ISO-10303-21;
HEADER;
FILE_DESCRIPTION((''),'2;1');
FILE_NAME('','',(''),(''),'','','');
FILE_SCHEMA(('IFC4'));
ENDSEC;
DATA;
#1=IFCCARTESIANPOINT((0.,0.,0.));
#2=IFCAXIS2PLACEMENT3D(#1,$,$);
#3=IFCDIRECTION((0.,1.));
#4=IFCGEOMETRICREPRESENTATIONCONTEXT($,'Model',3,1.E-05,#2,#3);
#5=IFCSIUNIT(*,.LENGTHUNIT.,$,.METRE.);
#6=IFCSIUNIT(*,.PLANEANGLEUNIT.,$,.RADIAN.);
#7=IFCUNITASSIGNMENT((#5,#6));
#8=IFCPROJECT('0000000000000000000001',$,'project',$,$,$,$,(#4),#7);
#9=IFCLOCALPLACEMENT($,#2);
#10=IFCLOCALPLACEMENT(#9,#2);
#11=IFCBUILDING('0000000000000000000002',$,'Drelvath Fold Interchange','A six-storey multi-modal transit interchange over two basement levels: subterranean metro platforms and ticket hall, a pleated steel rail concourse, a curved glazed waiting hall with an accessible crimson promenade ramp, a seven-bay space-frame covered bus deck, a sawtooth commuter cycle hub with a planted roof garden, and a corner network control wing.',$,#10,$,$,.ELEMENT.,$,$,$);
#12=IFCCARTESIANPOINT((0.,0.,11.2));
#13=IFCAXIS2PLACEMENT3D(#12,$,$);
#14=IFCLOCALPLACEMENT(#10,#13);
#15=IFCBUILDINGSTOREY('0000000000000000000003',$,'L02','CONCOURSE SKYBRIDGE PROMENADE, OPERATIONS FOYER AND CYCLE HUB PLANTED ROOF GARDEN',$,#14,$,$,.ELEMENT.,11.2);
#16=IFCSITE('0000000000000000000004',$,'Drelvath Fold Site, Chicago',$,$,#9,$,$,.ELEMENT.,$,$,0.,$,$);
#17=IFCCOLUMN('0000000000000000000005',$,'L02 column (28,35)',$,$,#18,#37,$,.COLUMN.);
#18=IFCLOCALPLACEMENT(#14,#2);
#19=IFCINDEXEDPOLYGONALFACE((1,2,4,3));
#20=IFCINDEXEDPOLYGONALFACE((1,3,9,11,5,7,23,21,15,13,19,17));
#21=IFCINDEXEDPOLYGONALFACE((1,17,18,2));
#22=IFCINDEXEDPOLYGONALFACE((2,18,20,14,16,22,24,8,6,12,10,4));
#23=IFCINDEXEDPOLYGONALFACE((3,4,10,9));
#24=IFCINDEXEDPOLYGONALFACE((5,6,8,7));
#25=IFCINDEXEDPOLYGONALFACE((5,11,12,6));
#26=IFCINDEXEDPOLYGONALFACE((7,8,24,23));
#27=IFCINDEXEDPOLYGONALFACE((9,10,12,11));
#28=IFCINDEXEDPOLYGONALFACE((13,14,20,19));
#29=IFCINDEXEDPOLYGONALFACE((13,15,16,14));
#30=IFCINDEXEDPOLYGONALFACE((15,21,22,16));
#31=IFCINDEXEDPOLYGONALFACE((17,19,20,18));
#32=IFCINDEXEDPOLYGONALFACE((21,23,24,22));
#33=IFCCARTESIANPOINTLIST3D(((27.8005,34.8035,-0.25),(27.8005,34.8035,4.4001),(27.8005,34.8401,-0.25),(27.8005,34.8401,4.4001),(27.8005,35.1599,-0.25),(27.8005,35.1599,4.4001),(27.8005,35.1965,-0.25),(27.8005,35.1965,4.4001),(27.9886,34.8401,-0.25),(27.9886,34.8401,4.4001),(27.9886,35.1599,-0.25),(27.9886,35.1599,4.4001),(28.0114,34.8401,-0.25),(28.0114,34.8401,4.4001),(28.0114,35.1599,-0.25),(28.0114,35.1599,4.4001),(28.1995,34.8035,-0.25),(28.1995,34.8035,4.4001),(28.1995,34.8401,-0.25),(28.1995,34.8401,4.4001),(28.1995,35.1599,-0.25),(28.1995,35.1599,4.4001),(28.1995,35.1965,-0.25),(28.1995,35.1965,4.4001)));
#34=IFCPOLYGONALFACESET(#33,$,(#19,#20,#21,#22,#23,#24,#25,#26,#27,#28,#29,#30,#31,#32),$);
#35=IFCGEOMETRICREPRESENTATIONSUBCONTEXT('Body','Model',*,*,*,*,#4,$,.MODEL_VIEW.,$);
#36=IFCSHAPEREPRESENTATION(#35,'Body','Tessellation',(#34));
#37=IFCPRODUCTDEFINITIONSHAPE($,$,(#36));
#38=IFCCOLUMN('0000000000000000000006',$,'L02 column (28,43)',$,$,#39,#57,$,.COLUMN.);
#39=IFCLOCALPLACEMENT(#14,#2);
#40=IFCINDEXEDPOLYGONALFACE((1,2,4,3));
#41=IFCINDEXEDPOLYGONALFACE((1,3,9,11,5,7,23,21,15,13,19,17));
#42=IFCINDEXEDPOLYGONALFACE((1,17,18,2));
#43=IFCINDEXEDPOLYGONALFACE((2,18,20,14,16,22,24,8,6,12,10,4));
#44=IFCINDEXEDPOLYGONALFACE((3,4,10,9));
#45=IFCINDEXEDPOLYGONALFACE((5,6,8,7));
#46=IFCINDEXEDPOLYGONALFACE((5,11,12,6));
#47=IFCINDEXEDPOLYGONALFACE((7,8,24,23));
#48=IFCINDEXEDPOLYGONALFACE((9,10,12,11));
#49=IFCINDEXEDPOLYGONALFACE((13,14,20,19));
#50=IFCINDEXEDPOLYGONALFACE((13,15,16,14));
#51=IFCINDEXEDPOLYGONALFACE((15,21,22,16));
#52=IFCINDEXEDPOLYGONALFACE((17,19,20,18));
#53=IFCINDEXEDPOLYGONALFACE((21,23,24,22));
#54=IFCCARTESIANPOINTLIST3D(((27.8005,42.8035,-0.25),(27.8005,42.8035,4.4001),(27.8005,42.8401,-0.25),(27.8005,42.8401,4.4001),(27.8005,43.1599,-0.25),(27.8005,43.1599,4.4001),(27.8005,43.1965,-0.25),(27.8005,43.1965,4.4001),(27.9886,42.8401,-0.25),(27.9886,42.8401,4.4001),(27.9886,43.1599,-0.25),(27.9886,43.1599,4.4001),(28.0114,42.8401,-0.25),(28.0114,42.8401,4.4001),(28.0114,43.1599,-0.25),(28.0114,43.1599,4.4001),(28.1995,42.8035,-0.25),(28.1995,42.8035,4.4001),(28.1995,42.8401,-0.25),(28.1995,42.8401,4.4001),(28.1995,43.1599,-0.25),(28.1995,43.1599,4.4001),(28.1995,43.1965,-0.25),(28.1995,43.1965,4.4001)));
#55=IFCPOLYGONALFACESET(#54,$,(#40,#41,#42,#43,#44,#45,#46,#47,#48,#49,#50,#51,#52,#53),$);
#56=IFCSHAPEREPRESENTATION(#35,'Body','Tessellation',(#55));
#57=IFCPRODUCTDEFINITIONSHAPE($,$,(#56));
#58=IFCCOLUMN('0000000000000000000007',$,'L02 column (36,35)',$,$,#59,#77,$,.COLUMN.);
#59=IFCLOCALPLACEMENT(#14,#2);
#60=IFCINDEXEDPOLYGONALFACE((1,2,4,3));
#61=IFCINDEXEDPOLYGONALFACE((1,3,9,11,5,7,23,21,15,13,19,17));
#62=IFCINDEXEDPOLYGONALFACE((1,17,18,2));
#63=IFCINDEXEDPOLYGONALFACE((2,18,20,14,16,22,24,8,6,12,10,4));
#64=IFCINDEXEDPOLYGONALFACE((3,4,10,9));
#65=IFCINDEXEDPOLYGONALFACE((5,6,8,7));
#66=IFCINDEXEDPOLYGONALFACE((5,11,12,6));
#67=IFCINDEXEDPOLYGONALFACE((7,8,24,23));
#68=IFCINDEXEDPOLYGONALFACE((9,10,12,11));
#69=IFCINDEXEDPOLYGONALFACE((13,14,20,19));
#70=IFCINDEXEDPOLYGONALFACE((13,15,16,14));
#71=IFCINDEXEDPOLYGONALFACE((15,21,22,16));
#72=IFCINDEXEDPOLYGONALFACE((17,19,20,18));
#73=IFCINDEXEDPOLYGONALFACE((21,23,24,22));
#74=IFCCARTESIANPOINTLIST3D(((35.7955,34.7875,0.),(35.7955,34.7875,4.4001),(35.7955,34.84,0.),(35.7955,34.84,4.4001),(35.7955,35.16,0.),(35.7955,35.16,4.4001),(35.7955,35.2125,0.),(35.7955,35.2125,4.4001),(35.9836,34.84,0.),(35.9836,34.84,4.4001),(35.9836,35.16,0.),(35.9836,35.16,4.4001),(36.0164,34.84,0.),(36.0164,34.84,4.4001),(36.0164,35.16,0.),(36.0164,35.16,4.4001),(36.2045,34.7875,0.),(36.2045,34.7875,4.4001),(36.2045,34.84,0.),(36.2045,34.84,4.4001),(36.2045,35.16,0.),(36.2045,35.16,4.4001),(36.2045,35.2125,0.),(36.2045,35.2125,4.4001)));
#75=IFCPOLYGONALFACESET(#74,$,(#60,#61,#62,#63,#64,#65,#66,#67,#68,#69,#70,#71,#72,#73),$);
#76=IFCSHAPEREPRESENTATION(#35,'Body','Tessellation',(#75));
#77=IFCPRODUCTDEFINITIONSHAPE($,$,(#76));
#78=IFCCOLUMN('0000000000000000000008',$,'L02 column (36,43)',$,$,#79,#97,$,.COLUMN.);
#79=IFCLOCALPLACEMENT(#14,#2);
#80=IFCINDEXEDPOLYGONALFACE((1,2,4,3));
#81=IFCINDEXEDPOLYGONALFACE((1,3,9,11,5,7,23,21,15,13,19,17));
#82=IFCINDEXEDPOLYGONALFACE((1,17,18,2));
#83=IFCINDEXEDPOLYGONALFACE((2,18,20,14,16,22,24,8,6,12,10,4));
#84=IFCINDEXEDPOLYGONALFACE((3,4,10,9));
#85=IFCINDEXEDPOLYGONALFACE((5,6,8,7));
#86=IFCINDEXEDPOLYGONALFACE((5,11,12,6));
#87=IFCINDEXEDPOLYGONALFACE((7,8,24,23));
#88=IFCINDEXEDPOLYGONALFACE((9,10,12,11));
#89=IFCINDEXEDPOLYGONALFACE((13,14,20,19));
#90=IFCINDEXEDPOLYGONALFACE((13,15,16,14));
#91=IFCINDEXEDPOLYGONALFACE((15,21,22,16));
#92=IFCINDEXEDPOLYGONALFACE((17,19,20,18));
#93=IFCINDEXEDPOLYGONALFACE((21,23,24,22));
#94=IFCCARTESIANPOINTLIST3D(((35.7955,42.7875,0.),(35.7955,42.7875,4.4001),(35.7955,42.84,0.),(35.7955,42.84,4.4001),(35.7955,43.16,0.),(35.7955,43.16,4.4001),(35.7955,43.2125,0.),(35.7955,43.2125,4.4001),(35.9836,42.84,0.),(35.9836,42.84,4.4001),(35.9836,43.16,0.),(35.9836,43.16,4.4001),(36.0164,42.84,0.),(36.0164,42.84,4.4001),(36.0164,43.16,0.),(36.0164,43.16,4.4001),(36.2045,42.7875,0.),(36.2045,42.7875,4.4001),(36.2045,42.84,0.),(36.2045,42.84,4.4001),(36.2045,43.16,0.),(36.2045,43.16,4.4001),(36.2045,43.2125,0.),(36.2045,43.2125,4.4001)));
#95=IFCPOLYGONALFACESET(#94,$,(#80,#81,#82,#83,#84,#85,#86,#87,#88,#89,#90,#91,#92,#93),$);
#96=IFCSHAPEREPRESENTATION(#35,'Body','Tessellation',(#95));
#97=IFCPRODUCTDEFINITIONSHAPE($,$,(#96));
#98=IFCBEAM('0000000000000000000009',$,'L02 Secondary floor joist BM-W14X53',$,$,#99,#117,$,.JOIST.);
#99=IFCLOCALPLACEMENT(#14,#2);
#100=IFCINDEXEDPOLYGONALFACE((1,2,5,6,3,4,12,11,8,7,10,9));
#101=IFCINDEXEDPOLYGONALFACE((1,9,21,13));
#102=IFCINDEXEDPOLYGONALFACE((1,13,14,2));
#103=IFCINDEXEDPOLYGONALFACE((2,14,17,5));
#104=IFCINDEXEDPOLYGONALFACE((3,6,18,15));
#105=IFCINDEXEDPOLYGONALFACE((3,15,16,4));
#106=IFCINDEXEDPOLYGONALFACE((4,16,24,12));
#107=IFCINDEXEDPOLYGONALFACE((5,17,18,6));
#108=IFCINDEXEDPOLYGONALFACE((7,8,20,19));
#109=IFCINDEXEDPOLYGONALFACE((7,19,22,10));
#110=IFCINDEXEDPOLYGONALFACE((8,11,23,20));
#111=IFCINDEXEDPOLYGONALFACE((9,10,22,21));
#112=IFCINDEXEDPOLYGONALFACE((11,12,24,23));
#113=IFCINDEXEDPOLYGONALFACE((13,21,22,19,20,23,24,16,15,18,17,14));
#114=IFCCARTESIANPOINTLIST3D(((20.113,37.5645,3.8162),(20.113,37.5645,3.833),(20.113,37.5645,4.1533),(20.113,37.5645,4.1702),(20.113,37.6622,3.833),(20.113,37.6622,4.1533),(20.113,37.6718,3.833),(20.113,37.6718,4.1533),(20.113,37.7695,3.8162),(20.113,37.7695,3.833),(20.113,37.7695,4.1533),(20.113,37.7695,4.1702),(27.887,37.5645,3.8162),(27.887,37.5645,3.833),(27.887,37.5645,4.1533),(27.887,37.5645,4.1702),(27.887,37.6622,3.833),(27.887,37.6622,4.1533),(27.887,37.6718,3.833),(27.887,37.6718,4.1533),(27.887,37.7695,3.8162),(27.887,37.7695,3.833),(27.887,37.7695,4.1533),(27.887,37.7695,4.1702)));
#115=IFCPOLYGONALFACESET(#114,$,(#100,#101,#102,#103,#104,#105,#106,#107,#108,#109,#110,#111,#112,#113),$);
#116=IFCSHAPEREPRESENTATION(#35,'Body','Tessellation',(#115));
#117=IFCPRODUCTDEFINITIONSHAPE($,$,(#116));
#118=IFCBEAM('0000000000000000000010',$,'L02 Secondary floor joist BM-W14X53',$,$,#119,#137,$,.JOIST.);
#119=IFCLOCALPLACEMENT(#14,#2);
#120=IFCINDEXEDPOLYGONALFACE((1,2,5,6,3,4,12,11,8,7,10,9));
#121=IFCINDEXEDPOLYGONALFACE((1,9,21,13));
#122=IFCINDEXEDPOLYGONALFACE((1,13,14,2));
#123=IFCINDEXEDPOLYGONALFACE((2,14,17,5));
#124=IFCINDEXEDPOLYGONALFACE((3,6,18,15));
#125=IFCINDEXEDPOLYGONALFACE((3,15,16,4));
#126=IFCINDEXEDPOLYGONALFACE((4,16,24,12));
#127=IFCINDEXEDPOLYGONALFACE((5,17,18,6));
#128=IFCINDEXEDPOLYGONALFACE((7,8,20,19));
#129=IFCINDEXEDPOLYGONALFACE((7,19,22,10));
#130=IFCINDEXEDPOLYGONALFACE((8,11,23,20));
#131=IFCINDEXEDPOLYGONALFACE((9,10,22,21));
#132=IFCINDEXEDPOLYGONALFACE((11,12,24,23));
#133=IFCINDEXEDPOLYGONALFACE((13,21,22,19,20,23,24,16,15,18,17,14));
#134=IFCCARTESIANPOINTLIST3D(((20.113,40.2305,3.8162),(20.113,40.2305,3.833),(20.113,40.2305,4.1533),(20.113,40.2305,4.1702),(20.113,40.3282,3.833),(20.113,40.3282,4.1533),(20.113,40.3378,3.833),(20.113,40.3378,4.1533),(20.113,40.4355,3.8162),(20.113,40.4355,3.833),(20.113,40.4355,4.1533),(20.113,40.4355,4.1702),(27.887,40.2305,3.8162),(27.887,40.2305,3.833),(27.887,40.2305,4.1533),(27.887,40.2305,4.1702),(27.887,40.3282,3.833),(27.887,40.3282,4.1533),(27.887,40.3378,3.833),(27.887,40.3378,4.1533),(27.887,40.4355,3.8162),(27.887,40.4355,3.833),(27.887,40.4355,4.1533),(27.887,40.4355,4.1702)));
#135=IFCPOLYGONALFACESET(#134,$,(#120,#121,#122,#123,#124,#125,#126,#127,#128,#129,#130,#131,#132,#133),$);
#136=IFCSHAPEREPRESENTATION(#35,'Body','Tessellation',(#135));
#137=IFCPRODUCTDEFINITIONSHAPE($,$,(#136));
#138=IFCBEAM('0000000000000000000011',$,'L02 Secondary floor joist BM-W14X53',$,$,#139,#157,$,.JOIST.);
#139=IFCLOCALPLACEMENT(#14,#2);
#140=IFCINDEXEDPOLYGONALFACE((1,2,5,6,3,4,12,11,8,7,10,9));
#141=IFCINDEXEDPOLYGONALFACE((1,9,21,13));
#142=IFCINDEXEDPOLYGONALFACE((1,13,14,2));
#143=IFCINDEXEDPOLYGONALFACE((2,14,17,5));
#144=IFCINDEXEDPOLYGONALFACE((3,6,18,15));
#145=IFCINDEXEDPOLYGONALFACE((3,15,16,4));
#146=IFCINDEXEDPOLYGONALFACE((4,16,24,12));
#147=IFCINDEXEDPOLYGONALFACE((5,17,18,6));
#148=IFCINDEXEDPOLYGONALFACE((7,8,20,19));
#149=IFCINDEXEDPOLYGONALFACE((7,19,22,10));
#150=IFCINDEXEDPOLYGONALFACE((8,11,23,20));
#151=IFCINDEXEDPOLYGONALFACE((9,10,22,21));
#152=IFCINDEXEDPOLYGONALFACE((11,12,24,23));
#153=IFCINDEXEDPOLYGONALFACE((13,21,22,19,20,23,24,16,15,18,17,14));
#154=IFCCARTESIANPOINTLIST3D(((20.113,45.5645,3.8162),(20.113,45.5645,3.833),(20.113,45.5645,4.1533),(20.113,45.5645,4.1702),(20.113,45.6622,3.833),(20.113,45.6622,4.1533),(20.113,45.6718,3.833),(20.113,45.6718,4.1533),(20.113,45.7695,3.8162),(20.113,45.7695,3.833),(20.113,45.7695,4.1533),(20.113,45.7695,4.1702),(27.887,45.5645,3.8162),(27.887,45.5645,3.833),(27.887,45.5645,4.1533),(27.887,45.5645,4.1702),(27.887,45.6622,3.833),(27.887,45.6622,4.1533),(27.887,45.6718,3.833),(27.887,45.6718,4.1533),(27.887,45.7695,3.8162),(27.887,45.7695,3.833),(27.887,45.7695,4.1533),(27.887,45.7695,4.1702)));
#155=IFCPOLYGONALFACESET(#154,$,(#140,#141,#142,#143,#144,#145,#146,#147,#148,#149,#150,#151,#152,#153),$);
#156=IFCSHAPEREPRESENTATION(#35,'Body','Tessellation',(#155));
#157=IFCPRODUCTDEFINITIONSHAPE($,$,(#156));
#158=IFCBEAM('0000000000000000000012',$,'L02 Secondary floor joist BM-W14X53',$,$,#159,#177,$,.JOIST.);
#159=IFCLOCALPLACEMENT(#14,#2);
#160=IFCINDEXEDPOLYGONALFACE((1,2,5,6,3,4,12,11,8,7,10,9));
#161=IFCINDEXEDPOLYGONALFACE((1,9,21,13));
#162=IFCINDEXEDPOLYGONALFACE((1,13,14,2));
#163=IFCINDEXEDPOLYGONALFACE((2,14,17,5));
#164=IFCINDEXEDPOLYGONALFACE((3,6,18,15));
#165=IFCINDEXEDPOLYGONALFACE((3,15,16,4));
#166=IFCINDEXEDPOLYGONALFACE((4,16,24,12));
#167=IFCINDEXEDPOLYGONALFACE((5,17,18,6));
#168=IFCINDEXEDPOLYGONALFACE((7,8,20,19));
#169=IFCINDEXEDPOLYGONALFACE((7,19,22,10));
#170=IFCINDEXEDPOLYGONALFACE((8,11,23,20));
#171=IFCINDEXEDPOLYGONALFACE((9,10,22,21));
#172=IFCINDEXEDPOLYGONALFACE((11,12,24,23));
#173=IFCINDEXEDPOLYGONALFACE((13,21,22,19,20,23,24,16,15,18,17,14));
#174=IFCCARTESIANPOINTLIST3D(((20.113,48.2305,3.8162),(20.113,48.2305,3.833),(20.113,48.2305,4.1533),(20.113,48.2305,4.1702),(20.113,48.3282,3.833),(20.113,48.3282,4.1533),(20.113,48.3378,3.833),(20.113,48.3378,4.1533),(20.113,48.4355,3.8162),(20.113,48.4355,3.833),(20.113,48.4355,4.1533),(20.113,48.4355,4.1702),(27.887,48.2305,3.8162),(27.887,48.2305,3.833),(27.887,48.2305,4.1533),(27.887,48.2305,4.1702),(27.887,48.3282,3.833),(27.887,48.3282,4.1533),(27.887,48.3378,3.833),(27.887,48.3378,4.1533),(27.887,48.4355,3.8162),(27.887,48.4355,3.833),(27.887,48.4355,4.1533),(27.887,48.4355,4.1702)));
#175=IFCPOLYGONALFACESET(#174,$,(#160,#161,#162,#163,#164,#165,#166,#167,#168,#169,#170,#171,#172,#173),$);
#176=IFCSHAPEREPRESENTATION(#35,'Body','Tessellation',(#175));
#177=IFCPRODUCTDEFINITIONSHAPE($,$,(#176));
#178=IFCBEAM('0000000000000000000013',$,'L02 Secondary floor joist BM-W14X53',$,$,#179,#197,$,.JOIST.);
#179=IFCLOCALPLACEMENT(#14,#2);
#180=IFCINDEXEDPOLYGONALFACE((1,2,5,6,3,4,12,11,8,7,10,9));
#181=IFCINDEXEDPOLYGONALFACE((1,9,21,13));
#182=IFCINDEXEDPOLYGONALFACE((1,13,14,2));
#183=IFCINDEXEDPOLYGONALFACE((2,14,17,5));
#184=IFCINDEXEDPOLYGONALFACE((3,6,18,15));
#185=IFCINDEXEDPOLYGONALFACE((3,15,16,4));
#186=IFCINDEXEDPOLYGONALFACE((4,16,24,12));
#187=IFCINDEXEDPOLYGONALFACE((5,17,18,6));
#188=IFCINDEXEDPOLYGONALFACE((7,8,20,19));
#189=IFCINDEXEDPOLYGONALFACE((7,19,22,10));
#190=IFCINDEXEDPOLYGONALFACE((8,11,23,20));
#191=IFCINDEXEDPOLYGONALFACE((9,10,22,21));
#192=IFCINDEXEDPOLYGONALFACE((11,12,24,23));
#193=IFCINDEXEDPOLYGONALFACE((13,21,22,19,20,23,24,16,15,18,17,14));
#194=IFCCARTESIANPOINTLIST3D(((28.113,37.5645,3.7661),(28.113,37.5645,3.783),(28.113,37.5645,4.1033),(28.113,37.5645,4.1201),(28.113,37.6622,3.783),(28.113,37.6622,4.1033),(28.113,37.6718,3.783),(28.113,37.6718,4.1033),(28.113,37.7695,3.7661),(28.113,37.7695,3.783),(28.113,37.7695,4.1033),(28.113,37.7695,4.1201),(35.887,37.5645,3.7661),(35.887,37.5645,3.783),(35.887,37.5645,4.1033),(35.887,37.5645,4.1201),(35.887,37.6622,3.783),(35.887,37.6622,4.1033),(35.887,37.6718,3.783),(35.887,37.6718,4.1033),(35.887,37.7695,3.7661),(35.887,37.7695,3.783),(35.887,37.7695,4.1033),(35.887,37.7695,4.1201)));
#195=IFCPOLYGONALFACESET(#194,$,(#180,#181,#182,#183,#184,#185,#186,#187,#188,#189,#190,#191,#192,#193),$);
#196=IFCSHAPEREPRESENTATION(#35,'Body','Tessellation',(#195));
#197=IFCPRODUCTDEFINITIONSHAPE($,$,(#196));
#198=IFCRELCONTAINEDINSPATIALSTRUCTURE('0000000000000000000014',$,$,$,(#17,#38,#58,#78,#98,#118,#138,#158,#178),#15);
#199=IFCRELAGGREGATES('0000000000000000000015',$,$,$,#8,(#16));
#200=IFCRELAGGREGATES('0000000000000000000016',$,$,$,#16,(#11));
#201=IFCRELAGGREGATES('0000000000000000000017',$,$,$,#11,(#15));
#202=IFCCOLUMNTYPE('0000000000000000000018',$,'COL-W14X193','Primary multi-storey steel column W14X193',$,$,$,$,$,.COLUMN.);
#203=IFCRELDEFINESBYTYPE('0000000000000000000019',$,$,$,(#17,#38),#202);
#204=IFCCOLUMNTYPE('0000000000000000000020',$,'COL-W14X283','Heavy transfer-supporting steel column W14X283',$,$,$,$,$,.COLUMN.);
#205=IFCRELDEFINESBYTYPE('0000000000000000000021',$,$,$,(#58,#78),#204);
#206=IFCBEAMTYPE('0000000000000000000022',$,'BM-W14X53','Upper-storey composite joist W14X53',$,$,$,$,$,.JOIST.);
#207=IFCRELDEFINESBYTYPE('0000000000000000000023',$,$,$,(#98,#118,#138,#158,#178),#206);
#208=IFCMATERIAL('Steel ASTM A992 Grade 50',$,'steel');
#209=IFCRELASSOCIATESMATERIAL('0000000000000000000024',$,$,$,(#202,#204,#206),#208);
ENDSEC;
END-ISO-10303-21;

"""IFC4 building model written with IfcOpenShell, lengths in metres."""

from ifc_helpers import new_model, si_unit, direction, frame, origin, origin_2d, place, context, subcontext, project, spatial, i_section, extrude, material, material_profile, profile_set, type_object, element, save


model = new_model("IFC4")

# Units and contexts
model_context = context("Model", 3, precision=1e-05, world=origin(), true_north=direction((0.0, 1.0)))
body_context = subcontext(model_context, "Body", "Model", "MODEL_VIEW")
ifc_project = project(units=[si_unit("LENGTHUNIT", "METRE"), si_unit("PLANEANGLEUNIT", "RADIAN")], contexts=[model_context])

# Site, building, storey
site_placement = place(None, origin())
site = spatial("IfcSite", under=ifc_project, at=site_placement, Name="Drelvath Fold Site, Chicago", CompositionType="ELEMENT", RefElevation=0.0)
building_placement = place(site_placement, origin())
building = spatial("IfcBuilding", under=site, at=building_placement, Name="Drelvath Fold Interchange", Description="A six-storey multi-modal transit interchange over two basement levels: subterranean metro platforms and ticket hall, a pleated steel rail concourse, a curved glazed waiting hall with an accessible crimson promenade ramp, a seven-bay space-frame covered bus deck, a sawtooth commuter cycle hub with a planted roof garden, and a corner network control wing.", CompositionType="ELEMENT")
storey_placement = place(building_placement, frame((0.0, 0.0, 11.2)))
storey = spatial("IfcBuildingStorey", under=building, at=storey_placement, Name="L02", Description="CONCOURSE SKYBRIDGE PROMENADE, OPERATIONS FOYER AND CYCLE HUB PLANTED ROOF GARDEN", CompositionType="ELEMENT", Elevation=11.2)

# Columns
ifc_material_1 = material(Name="Steel ASTM A992 Grade 50", Category="steel")
ifc_material_profile_1 = material_profile(ifc_material_1, i_section(OverallWidth=0.3989, OverallDepth=0.3931, WebThickness=0.0227, FlangeThickness=0.0366, at=origin_2d()), Name="W14X193")
ifc_profile_set_1 = profile_set([ifc_material_profile_1], Name="Steel ASTM A992 Grade 50")
column_type_1 = type_object("IfcColumnType", Name="COL-W14X193", Description="Primary multi-storey steel column W14X193", PredefinedType="COLUMN", material=ifc_profile_set_1)
for number, where, z_axis, x_axis, name in (
    (1, (28.0, 35.0, -0.25), (0.0, 0.0, 1.0), (1.0, 0.0, 0.0), "L02 column (28,35)"),
    (2, (28.0, 43.0, -0.25), (0.0, 0.0, 1.0), (1.0, 0.0, 0.0), "L02 column (28,43)"),
):
    element("IfcColumn", number, at=place(storey_placement, frame(where, z_axis=z_axis, x_axis=x_axis)), inside=storey, type_object=column_type_1, Name=name, PredefinedType="COLUMN", context=body_context, shape_type="SweptSolid", body=[
        extrude(i_section(OverallWidth=0.3989, OverallDepth=0.3931, WebThickness=0.0227, FlangeThickness=0.0366, at=origin_2d()), origin(), (0.0, 0.0, 1.0), 4.6501),
    ])
ifc_material_profile_2 = material_profile(ifc_material_1, i_section(OverallWidth=0.4089, OverallDepth=0.425, WebThickness=0.0327, FlangeThickness=0.0525, at=origin_2d()), Name="W14X283")
ifc_profile_set_2 = profile_set([ifc_material_profile_2], Name="Steel ASTM A992 Grade 50")
column_type_2 = type_object("IfcColumnType", Name="COL-W14X283", Description="Heavy transfer-supporting steel column W14X283", PredefinedType="COLUMN", material=ifc_profile_set_2)
for number, where, z_axis, x_axis, name in (
    (3, (36.0, 35.0, 0.0), (0.0, 0.0, 1.0), (1.0, 0.0, 0.0), "L02 column (36,35)"),
    (4, (36.0, 43.0, 0.0), (0.0, 0.0, 1.0), (1.0, 0.0, 0.0), "L02 column (36,43)"),
):
    element("IfcColumn", number, at=place(storey_placement, frame(where, z_axis=z_axis, x_axis=x_axis)), inside=storey, type_object=column_type_2, Name=name, PredefinedType="COLUMN", context=body_context, shape_type="SweptSolid", body=[
        extrude(i_section(OverallWidth=0.4089, OverallDepth=0.425, WebThickness=0.0327, FlangeThickness=0.0525, at=origin_2d()), origin(), (0.0, 0.0, 1.0), 4.4001),
    ])

# Beams
ifc_material_profile_3 = material_profile(ifc_material_1, i_section(OverallWidth=0.2051, OverallDepth=0.354, WebThickness=0.0095, FlangeThickness=0.0168, at=origin_2d()), Name="W14X53")
ifc_profile_set_3 = profile_set([ifc_material_profile_3], Name="Steel ASTM A992 Grade 50")
beam_type_1 = type_object("IfcBeamType", Name="BM-W14X53", Description="Upper-storey composite joist W14X53", PredefinedType="JOIST", material=ifc_profile_set_3)
for number, where, z_axis, x_axis, name in (
    (5, (20.113, 37.667, 3.9932), (1.0, 0.0, 0.0), (0.0, 1.0, 0.0), "L02 Secondary floor joist BM-W14X53"),
    (6, (20.113, 40.333, 3.9932), (1.0, 0.0, 0.0), (0.0, 1.0, 0.0), "L02 Secondary floor joist BM-W14X53"),
    (7, (20.113, 45.667, 3.9932), (1.0, 0.0, 0.0), (0.0, 1.0, 0.0), "L02 Secondary floor joist BM-W14X53"),
    (8, (20.113, 48.333, 3.9932), (1.0, 0.0, 0.0), (0.0, 1.0, 0.0), "L02 Secondary floor joist BM-W14X53"),
    (9, (28.113, 37.667, 3.9431), (1.0, 0.0, 0.0), (0.0, 1.0, 0.0), "L02 Secondary floor joist BM-W14X53"),
):
    element("IfcBeam", number, at=place(storey_placement, frame(where, z_axis=z_axis, x_axis=x_axis)), inside=storey, type_object=beam_type_1, Name=name, PredefinedType="JOIST", context=body_context, shape_type="SweptSolid", body=[
        extrude(i_section(OverallWidth=0.2051, OverallDepth=0.354, WebThickness=0.0095, FlangeThickness=0.0168, at=origin_2d()), origin(), (0.0, 0.0, 1.0), 7.7739),
    ])

save(model, "model.ifc")
